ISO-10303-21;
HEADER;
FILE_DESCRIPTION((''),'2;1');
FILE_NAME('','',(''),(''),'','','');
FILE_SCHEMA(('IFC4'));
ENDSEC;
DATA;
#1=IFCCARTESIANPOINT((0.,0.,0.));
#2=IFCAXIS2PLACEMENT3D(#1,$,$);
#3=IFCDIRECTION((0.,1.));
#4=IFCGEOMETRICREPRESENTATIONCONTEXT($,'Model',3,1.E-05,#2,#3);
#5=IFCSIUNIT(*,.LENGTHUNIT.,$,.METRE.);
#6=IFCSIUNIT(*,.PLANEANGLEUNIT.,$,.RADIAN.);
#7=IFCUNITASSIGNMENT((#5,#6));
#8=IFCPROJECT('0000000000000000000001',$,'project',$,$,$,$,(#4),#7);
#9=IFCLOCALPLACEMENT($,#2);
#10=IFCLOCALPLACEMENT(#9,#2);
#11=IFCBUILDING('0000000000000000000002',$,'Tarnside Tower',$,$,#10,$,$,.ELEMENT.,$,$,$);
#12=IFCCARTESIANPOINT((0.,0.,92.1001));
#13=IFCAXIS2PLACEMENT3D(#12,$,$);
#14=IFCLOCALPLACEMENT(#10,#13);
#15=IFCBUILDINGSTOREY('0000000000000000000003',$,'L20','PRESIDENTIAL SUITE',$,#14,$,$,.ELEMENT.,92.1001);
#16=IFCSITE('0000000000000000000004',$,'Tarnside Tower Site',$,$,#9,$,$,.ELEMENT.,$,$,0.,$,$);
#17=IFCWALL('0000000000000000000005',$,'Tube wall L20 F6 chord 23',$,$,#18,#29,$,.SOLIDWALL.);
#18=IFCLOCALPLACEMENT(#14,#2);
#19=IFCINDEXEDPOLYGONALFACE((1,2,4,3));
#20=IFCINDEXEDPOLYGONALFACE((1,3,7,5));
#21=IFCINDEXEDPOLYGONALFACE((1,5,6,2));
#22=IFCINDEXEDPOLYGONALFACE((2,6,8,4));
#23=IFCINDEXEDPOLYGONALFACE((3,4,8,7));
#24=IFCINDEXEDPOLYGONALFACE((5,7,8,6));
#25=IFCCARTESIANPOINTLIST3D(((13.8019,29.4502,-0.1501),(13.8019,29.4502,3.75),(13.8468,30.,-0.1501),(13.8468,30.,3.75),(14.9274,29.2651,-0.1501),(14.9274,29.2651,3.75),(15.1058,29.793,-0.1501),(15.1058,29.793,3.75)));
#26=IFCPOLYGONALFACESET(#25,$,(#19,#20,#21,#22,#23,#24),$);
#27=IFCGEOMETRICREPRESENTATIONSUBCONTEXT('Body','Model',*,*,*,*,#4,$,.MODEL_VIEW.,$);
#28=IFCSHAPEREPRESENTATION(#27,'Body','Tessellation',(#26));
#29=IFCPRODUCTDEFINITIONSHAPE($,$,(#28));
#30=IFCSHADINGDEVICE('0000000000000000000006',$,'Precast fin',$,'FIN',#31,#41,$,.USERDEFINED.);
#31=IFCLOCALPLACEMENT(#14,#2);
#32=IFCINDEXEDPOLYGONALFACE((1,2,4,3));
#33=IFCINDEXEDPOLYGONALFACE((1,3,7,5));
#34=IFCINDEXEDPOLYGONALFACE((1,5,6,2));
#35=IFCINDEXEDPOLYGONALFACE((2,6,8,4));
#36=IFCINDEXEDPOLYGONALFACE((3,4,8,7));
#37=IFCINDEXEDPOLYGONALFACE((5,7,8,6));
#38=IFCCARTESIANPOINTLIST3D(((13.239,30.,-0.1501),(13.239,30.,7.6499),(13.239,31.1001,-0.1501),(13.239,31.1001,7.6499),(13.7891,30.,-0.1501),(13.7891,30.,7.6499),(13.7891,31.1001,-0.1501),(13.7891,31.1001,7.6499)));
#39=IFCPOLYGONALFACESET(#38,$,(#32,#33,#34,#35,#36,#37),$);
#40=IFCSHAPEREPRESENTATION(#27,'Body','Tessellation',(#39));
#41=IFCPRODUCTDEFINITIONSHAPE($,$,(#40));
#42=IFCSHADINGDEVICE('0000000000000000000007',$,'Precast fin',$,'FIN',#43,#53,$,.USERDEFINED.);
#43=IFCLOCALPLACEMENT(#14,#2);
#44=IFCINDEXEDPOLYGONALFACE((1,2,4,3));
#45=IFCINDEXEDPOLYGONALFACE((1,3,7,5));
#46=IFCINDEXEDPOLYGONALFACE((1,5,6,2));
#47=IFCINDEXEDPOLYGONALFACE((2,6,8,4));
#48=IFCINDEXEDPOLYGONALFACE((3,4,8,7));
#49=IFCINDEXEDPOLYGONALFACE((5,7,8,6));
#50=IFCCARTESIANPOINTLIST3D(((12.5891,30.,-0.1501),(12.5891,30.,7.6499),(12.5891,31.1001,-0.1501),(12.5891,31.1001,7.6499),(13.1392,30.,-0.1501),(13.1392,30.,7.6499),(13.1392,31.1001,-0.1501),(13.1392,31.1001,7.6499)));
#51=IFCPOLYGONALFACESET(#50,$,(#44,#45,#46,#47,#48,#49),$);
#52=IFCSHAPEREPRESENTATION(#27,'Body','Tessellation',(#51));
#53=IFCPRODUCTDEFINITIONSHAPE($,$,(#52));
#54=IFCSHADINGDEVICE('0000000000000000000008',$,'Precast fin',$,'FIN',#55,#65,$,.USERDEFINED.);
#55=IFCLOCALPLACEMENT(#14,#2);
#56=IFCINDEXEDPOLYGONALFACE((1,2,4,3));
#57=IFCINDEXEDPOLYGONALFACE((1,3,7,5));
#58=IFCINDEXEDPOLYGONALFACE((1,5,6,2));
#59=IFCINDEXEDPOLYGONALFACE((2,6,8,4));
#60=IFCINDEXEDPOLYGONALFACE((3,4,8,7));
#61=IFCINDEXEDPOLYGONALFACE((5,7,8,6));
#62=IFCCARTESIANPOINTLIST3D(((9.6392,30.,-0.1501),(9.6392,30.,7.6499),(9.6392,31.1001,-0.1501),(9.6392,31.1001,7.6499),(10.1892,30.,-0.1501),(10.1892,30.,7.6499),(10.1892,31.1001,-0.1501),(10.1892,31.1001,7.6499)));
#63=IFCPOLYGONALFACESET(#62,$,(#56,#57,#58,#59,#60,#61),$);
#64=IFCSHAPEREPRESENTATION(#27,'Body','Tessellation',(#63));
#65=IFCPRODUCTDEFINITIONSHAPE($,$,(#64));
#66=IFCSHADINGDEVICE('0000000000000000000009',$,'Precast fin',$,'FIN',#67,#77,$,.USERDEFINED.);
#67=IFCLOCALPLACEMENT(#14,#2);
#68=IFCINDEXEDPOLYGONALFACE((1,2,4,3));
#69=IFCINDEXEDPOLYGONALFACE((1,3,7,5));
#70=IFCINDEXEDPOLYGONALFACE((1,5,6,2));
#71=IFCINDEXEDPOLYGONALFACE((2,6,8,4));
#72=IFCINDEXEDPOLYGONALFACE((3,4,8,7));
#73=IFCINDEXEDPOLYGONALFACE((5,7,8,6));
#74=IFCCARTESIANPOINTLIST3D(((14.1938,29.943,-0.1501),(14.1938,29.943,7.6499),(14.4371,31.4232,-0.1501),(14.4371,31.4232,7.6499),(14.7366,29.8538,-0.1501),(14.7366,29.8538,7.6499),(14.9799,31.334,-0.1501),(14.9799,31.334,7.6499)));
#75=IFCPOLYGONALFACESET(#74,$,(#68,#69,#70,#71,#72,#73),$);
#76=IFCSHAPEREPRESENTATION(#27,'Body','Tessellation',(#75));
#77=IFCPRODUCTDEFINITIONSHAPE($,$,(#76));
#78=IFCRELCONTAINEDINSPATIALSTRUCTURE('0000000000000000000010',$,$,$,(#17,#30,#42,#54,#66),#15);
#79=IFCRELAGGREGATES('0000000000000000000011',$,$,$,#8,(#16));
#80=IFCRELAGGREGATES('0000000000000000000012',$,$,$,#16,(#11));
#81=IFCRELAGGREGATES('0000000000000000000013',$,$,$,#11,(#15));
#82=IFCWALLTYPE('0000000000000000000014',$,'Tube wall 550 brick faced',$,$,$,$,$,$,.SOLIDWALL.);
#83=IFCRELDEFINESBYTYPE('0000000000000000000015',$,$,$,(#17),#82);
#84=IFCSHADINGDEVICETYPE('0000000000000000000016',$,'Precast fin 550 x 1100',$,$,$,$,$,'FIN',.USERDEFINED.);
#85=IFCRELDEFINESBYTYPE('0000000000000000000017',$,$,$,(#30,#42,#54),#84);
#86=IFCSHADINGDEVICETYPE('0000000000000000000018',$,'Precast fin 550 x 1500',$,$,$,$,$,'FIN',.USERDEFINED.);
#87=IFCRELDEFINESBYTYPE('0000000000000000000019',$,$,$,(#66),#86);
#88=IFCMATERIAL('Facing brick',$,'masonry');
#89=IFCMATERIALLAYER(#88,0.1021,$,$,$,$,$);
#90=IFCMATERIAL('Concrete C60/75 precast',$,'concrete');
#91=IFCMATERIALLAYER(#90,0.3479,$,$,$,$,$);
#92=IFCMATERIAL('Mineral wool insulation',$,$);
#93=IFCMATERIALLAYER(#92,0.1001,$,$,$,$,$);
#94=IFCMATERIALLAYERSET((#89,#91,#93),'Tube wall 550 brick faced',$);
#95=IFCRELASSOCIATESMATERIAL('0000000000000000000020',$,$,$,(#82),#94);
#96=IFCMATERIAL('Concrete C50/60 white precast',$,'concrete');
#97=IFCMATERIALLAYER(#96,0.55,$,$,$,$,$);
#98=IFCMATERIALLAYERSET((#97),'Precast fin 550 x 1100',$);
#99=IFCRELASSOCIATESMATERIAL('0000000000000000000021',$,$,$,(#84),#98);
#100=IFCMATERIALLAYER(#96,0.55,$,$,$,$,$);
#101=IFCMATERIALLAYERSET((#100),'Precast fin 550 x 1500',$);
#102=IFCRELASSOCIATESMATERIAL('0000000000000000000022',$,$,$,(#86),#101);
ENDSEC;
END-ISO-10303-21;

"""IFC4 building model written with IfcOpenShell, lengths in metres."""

from ifc_helpers import new_model, si_unit, direction, frame, origin, place, context, subcontext, project, spatial, polyline, outline, extrude, material, layer, layer_set, type_object, element, save


model = new_model("IFC4")

# Units and contexts
model_context = context("Model", 3, precision=1e-05, world=origin(), true_north=direction((0.0, 1.0)))
body_context = subcontext(model_context, "Body", "Model", "MODEL_VIEW")
ifc_project = project(units=[si_unit("LENGTHUNIT", "METRE"), si_unit("PLANEANGLEUNIT", "RADIAN")], contexts=[model_context])

# Site, building, storey
site_placement = place(None, origin())
site = spatial("IfcSite", under=ifc_project, at=site_placement, Name="Tarnside Tower Site", CompositionType="ELEMENT", RefElevation=0.0)
building_placement = place(site_placement, origin())
building = spatial("IfcBuilding", under=site, at=building_placement, Name="Tarnside Tower", CompositionType="ELEMENT")
storey_placement = place(building_placement, frame((0.0, 0.0, 92.1001)))
storey = spatial("IfcBuildingStorey", under=building, at=storey_placement, Name="L20", Description="PRESIDENTIAL SUITE", CompositionType="ELEMENT", Elevation=92.1001)

# Shared definitions
ifc_material_1 = material(Name="Facing brick", Category="masonry")
ifc_layer_1 = layer(ifc_material_1, 0.1021)
ifc_material_2 = material(Name="Concrete C60/75 precast", Category="concrete")
ifc_layer_2 = layer(ifc_material_2, 0.3479)
ifc_material_3 = material(Name="Mineral wool insulation")
ifc_layer_3 = layer(ifc_material_3, 0.1001)
ifc_layer_set_1 = layer_set([ifc_layer_1, ifc_layer_2, ifc_layer_3], Name="Tube wall 550 brick faced")
wall_type_1 = type_object("IfcWallType", Name="Tube wall 550 brick faced", PredefinedType="SOLIDWALL", material=ifc_layer_set_1)

# Wall
wall_1_placement = place(storey_placement, frame((15.0166, 29.5291, -0.1501), z_axis=(0.0, 0.0, 1.0), x_axis=(-0.986747, 0.162269, 0.0)))
element("IfcWall", 1, at=wall_1_placement, inside=storey, type_object=wall_type_1, Name="Tube wall L20 F6 chord 23", PredefinedType="SOLIDWALL", context=body_context, shape_type="SweptSolid", body=[
    extrude(outline(polyline([(-0.0452, -0.2749), (1.2307, -0.2749), (1.1858, 0.2749), (0.0452, 0.2749), (-0.0452, -0.2749)])), origin(), (0.0, 0.0, 1.0), 3.9001),
])

# Shading devices
ifc_material_4 = material(Name="Concrete C50/60 white precast", Category="concrete")
ifc_layer_4 = layer(ifc_material_4, 0.55)
ifc_layer_set_2 = layer_set([ifc_layer_4], Name="Precast fin 550 x 1100")
shading_device_type_1 = type_object("IfcShadingDeviceType", Name="Precast fin 550 x 1100", ElementType="FIN", PredefinedType="USERDEFINED", material=ifc_layer_set_2)
for number, where, z_axis, x_axis, name in (
    (2, (13.5139, 30.0, -0.1501), (1.0, 0.0, 0.0), (0.0, 1.0, 0.0), "Precast fin"),
    (3, (12.864, 30.0, -0.1501), (1.0, 0.0, 0.0), (0.0, 1.0, 0.0), "Precast fin"),
    (4, (9.9141, 30.0, -0.1501), (1.0, 0.0, 0.0), (0.0, 1.0, 0.0), "Precast fin"),
):
    element("IfcShadingDevice", number, at=place(storey_placement, frame(where, z_axis=z_axis, x_axis=x_axis)), inside=storey, type_object=shading_device_type_1, Name=name, ObjectType="FIN", PredefinedType="USERDEFINED", context=body_context, shape_type="SweptSolid", body=[
        extrude(outline(polyline([(0.0, 0.0), (1.1001, 0.0), (1.1001, 7.8), (0.0, 7.8), (0.0, 0.0)])), frame((0.0, 0.0, -0.2749)), (0.0, 0.0, 1.0), 0.55),
    ])
ifc_layer_5 = layer(ifc_material_4, 0.55)
ifc_layer_set_3 = layer_set([ifc_layer_5], Name="Precast fin 550 x 1500")
shading_device_type_2 = type_object("IfcShadingDeviceType", Name="Precast fin 550 x 1500", ElementType="FIN", PredefinedType="USERDEFINED", material=ifc_layer_set_3)
shading_device_placement = place(storey_placement, frame((14.4651, 29.8984, -0.1501), z_axis=(0.986762, -0.162178, 0.0), x_axis=(0.162178, 0.986762, 0.0)))
element("IfcShadingDevice", 5, at=shading_device_placement, inside=storey, type_object=shading_device_type_2, Name="Precast fin", ObjectType="FIN", PredefinedType="USERDEFINED", context=body_context, shape_type="SweptSolid", body=[
    extrude(outline(polyline([(0.0, 0.0), (1.5, 0.0), (1.5, 7.8), (0.0, 7.8), (0.0, 0.0)])), frame((0.0, 0.0, -0.2749)), (0.0, 0.0, 1.0), 0.55),
])

save(model, "model.ifc")
